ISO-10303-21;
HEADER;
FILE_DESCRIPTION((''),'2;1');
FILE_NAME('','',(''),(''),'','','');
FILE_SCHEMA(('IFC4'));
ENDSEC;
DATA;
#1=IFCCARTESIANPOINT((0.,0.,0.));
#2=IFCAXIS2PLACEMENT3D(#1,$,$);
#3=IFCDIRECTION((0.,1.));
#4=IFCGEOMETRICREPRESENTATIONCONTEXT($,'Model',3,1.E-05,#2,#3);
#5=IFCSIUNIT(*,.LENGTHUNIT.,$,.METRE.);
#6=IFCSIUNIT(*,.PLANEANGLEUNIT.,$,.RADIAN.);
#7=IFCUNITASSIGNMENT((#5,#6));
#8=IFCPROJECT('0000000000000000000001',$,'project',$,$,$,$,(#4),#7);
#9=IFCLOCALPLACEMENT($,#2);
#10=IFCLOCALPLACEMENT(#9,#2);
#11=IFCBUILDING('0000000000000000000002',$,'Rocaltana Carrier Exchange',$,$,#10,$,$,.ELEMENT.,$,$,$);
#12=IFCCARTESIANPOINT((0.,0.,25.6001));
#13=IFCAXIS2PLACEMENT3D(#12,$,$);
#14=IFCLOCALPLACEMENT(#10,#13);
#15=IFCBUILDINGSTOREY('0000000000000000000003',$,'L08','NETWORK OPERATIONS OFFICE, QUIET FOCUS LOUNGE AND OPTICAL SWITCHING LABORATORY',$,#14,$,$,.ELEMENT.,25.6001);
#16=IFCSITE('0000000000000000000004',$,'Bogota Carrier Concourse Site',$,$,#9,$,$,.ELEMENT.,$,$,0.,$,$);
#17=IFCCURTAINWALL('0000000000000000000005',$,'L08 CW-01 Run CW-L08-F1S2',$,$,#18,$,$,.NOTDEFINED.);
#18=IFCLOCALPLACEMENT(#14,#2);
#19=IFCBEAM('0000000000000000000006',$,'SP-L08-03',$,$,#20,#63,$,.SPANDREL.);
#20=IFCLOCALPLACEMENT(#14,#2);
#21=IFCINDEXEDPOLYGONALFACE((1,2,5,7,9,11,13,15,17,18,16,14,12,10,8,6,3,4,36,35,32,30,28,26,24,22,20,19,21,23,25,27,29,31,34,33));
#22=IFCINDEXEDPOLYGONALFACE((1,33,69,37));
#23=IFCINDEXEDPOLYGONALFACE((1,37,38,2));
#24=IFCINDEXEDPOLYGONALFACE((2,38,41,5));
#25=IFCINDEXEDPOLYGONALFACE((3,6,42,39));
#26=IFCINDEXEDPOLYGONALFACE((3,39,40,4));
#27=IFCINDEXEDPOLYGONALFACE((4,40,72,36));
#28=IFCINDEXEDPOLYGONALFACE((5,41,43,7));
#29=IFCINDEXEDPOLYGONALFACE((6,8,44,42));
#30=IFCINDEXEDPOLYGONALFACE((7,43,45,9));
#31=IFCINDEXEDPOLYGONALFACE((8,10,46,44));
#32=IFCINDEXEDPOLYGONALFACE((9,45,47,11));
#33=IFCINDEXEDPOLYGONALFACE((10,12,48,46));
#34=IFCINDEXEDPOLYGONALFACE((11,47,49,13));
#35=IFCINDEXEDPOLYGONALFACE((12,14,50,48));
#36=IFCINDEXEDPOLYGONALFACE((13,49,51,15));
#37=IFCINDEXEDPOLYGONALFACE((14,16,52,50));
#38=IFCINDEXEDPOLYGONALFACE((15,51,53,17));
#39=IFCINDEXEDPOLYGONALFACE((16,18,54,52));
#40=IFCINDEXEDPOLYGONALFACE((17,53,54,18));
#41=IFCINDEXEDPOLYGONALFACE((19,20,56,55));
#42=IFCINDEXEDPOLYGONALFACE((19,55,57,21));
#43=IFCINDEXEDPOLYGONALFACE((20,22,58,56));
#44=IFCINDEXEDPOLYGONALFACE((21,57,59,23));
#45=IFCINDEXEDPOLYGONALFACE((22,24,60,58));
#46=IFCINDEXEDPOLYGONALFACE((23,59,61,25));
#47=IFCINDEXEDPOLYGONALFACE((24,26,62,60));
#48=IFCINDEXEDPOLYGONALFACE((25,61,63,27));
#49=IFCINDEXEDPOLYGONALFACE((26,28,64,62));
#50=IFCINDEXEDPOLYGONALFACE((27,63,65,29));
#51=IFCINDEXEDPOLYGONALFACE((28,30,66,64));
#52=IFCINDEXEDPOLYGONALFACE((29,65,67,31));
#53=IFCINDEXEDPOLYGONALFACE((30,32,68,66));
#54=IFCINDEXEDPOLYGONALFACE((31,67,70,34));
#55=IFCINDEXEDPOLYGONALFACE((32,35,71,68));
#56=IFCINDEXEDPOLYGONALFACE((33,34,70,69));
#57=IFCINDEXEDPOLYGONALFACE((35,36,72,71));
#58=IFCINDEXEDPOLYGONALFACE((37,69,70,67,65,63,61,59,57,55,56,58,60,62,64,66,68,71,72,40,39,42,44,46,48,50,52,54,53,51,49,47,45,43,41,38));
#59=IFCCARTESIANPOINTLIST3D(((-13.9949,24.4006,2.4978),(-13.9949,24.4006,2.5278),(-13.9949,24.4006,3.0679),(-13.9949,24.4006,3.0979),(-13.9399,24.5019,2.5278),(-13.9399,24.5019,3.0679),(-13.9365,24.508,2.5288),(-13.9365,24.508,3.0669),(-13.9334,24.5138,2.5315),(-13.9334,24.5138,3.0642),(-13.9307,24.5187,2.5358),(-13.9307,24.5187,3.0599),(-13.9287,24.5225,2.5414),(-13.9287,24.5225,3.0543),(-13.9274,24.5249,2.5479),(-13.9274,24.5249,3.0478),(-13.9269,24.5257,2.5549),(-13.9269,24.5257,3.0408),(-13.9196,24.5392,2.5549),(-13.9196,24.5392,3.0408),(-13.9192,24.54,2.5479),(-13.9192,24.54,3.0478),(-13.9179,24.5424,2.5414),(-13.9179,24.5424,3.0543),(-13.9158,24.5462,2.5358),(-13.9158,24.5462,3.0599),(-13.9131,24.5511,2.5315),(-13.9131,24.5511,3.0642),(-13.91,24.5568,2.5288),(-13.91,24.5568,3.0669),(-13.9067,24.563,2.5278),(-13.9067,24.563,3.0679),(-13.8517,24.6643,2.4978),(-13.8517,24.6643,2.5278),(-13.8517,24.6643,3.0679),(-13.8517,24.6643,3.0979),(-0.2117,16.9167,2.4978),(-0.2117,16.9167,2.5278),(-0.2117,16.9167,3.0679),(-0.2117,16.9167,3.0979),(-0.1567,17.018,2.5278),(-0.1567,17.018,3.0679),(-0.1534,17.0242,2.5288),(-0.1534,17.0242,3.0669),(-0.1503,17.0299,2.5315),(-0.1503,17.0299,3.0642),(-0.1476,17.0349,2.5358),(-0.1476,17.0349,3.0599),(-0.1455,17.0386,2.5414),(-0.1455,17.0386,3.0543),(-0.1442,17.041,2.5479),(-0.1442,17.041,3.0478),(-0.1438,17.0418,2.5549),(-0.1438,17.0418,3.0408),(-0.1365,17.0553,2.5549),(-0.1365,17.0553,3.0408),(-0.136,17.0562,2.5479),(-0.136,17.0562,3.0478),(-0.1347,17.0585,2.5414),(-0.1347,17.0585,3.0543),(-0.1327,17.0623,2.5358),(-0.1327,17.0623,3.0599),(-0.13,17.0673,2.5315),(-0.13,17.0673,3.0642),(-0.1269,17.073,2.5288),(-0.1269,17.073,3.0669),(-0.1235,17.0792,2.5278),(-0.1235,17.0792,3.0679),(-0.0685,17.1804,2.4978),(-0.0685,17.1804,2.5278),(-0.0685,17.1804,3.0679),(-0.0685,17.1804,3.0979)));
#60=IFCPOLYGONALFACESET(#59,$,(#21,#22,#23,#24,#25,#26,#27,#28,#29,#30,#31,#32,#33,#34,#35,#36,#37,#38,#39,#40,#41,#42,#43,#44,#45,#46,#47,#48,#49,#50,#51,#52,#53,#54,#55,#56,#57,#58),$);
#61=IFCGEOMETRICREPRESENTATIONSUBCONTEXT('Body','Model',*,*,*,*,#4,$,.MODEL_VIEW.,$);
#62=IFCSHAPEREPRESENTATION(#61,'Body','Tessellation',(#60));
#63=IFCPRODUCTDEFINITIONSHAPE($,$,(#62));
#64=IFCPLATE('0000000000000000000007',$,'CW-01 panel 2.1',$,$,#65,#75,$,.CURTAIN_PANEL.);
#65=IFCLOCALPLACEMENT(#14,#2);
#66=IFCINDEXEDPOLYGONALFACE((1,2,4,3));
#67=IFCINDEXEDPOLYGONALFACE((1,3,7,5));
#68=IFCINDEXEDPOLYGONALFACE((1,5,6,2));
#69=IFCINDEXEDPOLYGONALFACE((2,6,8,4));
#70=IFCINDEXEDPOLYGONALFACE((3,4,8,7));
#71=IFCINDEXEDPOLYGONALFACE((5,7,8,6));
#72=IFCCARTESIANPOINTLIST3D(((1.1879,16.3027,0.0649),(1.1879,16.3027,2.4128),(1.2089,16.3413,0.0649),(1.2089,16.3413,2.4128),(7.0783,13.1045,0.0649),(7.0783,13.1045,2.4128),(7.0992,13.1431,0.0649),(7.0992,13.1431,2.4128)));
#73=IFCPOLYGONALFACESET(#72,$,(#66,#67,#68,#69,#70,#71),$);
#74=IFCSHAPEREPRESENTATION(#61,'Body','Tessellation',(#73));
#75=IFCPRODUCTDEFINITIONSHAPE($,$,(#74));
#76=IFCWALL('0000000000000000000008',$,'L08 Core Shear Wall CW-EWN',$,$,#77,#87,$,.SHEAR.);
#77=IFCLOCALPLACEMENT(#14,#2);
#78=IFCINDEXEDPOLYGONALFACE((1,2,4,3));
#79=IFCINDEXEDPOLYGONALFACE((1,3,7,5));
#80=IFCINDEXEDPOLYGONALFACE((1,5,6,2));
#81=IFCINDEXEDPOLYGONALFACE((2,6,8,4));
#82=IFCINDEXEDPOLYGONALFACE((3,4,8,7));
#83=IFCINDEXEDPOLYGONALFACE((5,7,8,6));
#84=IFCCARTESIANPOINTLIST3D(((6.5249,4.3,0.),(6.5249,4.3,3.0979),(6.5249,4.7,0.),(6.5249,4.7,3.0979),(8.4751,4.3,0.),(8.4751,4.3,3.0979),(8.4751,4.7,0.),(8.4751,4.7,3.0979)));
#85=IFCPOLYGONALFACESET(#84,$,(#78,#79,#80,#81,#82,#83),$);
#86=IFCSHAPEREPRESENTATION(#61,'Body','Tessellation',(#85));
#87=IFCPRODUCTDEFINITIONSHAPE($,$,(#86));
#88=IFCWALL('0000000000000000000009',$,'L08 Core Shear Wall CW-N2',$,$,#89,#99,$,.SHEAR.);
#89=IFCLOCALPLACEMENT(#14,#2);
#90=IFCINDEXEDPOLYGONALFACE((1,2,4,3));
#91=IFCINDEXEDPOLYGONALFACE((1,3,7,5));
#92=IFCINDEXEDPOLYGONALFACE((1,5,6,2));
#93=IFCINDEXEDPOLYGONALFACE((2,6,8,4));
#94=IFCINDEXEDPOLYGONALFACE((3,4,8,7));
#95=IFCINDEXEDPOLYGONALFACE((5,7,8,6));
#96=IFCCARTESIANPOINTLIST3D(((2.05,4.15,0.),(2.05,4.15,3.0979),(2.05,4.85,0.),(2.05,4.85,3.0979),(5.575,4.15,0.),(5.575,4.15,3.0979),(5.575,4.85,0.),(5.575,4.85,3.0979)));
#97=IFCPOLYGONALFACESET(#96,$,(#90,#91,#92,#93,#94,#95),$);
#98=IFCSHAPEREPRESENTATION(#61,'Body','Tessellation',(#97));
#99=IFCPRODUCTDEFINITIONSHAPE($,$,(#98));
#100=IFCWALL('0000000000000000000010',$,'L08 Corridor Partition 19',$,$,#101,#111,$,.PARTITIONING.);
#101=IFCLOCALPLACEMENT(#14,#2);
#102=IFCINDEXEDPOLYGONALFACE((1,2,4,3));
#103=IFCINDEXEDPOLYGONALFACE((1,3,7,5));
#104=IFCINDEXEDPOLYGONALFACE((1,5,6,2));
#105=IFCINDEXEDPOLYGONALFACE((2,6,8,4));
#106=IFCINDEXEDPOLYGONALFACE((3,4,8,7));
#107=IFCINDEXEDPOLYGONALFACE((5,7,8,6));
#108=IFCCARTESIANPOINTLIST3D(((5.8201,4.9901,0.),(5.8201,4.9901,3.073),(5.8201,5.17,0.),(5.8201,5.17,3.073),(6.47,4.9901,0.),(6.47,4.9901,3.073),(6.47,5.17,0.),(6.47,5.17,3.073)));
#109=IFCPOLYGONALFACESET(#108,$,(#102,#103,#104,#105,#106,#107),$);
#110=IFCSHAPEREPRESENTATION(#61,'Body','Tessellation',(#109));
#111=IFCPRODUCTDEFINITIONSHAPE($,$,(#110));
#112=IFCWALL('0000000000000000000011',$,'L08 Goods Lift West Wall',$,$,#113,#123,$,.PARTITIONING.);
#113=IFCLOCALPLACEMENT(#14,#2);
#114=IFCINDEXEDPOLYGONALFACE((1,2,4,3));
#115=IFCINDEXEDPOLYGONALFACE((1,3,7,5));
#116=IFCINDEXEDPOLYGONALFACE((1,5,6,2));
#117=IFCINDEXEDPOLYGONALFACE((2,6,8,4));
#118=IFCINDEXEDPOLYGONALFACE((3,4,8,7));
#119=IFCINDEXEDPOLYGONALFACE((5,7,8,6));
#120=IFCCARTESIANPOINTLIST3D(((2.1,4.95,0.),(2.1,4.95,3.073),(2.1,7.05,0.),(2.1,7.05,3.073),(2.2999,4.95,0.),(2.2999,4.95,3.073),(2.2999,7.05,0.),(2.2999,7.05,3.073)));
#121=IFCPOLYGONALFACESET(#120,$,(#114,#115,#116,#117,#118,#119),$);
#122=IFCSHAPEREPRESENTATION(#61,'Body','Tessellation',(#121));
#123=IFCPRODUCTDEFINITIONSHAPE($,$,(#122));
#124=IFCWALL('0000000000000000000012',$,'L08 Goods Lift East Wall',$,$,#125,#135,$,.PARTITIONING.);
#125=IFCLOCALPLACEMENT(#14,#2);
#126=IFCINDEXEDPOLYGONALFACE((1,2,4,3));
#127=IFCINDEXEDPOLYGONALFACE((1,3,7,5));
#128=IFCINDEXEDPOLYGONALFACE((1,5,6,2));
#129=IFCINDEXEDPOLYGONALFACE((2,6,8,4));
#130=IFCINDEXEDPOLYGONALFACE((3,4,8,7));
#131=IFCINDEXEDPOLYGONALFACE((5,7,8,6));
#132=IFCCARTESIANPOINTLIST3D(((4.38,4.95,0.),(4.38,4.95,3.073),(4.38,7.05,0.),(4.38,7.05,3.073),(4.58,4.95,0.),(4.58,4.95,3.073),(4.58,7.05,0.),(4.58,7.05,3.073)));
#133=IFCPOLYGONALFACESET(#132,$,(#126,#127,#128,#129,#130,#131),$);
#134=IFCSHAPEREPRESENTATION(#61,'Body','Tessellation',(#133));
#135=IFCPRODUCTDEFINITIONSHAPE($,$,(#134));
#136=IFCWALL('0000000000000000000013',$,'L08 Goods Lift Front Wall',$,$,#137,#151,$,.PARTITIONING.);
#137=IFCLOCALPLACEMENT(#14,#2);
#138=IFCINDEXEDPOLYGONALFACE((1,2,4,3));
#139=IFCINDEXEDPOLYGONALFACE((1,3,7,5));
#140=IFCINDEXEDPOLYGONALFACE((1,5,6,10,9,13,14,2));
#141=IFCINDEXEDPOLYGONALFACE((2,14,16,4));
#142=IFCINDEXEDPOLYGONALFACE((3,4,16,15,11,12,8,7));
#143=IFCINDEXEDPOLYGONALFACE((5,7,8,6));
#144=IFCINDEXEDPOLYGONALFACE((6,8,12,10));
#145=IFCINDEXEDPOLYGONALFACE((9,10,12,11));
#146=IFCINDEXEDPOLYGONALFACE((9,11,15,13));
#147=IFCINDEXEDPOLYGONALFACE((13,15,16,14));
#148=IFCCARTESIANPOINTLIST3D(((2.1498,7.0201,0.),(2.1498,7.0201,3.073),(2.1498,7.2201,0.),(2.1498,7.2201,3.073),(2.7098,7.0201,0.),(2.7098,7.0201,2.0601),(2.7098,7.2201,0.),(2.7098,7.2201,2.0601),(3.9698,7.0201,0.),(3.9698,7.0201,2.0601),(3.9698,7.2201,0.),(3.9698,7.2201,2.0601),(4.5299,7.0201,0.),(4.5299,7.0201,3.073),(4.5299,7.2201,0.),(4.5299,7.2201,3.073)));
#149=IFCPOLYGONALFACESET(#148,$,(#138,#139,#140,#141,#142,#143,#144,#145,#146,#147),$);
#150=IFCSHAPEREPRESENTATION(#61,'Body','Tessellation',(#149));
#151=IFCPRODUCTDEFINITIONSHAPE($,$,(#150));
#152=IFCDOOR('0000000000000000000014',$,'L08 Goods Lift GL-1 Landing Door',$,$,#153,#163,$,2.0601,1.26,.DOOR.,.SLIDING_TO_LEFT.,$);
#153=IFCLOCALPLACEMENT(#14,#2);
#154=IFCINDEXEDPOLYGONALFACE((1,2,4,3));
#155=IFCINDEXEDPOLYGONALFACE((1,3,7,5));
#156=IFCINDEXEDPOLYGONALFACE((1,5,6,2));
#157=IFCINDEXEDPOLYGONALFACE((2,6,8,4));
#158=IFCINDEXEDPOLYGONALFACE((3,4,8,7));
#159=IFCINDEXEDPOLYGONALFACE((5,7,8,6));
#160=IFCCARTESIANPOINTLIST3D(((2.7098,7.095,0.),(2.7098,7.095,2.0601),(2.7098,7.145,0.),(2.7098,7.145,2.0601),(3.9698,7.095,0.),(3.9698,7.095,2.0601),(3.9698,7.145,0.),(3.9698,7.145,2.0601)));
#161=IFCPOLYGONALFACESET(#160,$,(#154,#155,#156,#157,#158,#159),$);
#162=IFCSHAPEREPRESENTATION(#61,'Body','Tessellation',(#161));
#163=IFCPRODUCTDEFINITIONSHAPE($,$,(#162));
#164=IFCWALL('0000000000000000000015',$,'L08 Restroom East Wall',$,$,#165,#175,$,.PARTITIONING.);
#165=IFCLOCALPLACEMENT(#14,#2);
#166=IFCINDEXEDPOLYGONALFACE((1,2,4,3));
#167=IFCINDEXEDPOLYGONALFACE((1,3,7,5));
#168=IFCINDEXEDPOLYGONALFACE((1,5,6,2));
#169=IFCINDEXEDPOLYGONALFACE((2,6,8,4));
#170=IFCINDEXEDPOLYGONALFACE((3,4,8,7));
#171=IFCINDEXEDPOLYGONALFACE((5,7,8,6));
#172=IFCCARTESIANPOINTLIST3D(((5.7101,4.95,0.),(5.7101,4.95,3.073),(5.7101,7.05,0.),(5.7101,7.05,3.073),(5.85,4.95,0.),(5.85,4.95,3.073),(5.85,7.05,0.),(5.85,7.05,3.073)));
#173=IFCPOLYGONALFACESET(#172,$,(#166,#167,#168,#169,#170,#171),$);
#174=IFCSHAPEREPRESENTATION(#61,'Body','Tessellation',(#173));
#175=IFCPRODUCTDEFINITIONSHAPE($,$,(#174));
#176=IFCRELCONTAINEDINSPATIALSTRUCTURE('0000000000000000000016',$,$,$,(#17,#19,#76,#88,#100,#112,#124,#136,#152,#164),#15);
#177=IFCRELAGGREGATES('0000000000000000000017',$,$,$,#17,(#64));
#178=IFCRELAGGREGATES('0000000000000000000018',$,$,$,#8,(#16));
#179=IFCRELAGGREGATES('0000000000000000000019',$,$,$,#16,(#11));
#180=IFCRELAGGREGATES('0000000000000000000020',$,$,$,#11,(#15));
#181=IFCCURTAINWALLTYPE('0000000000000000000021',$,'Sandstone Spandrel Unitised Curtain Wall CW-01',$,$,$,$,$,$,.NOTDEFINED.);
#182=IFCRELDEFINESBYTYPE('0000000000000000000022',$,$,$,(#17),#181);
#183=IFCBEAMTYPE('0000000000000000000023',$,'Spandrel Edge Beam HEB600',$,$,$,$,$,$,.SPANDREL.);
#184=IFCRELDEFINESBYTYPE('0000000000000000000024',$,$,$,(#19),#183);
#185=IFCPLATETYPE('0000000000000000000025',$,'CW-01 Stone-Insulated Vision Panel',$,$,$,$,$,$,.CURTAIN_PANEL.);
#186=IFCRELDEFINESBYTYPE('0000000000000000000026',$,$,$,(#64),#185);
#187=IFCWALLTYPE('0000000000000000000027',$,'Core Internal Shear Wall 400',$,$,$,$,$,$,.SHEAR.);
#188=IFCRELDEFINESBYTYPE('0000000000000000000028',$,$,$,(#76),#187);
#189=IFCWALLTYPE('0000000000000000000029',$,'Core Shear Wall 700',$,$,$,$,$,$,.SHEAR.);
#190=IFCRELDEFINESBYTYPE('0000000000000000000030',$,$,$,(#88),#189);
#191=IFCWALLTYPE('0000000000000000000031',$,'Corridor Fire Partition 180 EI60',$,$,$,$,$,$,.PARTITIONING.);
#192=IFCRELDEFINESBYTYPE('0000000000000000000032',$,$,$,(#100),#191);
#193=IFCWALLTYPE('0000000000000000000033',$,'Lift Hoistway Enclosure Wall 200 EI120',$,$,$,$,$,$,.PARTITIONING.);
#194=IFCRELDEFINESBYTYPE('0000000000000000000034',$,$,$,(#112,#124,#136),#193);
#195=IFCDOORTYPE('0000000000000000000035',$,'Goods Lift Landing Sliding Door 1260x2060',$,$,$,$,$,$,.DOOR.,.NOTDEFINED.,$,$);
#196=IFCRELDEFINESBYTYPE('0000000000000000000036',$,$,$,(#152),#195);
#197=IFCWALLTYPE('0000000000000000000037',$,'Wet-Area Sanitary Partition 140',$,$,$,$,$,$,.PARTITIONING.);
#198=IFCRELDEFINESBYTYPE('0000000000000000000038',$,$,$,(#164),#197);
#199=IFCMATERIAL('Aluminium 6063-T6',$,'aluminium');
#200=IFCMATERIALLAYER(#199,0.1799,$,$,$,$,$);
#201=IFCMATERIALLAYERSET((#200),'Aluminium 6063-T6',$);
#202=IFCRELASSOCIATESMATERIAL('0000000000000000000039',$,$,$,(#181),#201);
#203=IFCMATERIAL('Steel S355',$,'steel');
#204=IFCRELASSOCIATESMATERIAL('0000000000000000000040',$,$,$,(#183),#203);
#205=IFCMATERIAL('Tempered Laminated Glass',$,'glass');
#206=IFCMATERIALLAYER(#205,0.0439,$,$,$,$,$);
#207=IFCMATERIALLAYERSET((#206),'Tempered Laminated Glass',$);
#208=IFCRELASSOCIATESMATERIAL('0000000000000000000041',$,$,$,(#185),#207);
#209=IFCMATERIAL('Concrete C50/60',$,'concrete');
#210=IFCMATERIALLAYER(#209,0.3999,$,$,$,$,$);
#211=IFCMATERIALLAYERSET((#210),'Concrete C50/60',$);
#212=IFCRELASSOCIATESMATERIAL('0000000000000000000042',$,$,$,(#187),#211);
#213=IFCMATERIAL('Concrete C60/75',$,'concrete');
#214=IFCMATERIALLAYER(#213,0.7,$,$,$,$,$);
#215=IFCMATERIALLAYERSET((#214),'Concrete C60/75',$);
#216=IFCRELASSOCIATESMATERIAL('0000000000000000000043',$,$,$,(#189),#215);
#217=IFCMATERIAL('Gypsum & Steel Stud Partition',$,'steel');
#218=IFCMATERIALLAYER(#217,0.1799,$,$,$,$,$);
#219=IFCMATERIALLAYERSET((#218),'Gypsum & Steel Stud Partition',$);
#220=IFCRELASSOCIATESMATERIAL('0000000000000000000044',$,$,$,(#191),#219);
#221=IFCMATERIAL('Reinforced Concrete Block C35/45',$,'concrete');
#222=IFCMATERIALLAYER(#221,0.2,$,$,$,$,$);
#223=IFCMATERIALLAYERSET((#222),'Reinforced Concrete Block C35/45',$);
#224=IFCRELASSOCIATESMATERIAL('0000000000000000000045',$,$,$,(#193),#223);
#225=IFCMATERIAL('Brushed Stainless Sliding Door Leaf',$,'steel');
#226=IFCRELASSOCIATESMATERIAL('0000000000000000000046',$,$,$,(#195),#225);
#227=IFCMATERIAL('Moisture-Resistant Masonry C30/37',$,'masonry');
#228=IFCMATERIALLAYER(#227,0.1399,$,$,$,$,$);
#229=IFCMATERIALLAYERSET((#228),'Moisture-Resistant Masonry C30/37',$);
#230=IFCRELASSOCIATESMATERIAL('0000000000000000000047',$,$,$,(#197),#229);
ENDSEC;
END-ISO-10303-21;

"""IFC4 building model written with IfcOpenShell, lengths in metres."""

from ifc_helpers import new_model, si_unit, direction, frame, frame_2d, origin, origin_2d, place, context, subcontext, project, spatial, rectangle, i_section, extrude, material, layer, layer_set, material_profile, profile_set, type_object, element, fill, aggregate, save


model = new_model("IFC4")

# Units and contexts
model_context = context("Model", 3, precision=1e-05, world=origin(), true_north=direction((0.0, 1.0)))
body_context = subcontext(model_context, "Body", "Model", "MODEL_VIEW")
ifc_project = project(units=[si_unit("LENGTHUNIT", "METRE"), si_unit("PLANEANGLEUNIT", "RADIAN")], contexts=[model_context])

# Site, building, storey
site_placement = place(None, origin())
site = spatial("IfcSite", under=ifc_project, at=site_placement, Name="Bogota Carrier Concourse Site", CompositionType="ELEMENT", RefElevation=0.0)
building_placement = place(site_placement, origin())
building = spatial("IfcBuilding", under=site, at=building_placement, Name="Rocaltana Carrier Exchange", CompositionType="ELEMENT")
storey_placement = place(building_placement, frame((0.0, 0.0, 25.6001)))
storey = spatial("IfcBuildingStorey", under=building, at=storey_placement, Name="L08", Description="NETWORK OPERATIONS OFFICE, QUIET FOCUS LOUNGE AND OPTICAL SWITCHING LABORATORY", CompositionType="ELEMENT", Elevation=25.6001)

# Curtain wall
ifc_material_1 = material(Name="Aluminium 6063-T6", Category="aluminium")
ifc_layer_1 = layer(ifc_material_1, 0.1799)
ifc_layer_set_1 = layer_set([ifc_layer_1], Name="Aluminium 6063-T6")
curtain_wall_type = type_object("IfcCurtainWallType", Name="Sandstone Spandrel Unitised Curtain Wall CW-01", PredefinedType="NOTDEFINED", material=ifc_layer_set_1)
curtain_wall_placement = place(storey_placement, origin())
curtain_wall = element("IfcCurtainWall", 1, at=curtain_wall_placement, inside=storey, type_object=curtain_wall_type, Name="L08 CW-01 Run CW-L08-F1S2", PredefinedType="NOTDEFINED")

# Beam
ifc_material_2 = material(Name="Steel S355", Category="steel")
ifc_material_profile_1 = material_profile(ifc_material_2, i_section(OverallWidth=0.3, OverallDepth=0.6001, WebThickness=0.0154, FlangeThickness=0.03, FilletRadius=0.0271, at=origin_2d()), Name="HEB600")
ifc_profile_set_1 = profile_set([ifc_material_profile_1], Name="Steel S355")
beam_type_1 = type_object("IfcBeamType", Name="Spandrel Edge Beam HEB600", PredefinedType="SPANDREL", material=ifc_profile_set_1)
beam_1_placement = place(storey_placement, frame((-0.1401, 17.0486, 2.7979), z_axis=(-0.878811, 0.477169, 0.0), x_axis=(-0.477169, -0.878811, 0.0)))
element("IfcBeam", 2, at=beam_1_placement, inside=storey, type_object=beam_type_1, Name="SP-L08-03", PredefinedType="SPANDREL", context=body_context, shape_type="SweptSolid", body=[
    extrude(i_section(OverallWidth=0.3, OverallDepth=0.6001, WebThickness=0.0154, FlangeThickness=0.03, FilletRadius=0.0271, at=origin_2d()), origin(), (0.0, 0.0, 1.0), 15.6838),
])

# Plate
ifc_material_3 = material(Name="Tempered Laminated Glass", Category="glass")
ifc_layer_2 = layer(ifc_material_3, 0.0439)
ifc_layer_set_2 = layer_set([ifc_layer_2], Name="Tempered Laminated Glass")
plate_type = type_object("IfcPlateType", Name="CW-01 Stone-Insulated Vision Panel", PredefinedType="CURTAIN_PANEL", material=ifc_layer_set_2)
plate_placement = place(storey_placement, frame((4.1436, 14.7229, 0.0649), z_axis=(0.0, 0.0, 1.0), x_axis=(-0.878814, 0.477164, 0.0)))
plate = element("IfcPlate", 3, at=plate_placement, type_object=plate_type, Name="CW-01 panel 2.1", PredefinedType="CURTAIN_PANEL", context=body_context, shape_type="SweptSolid", body=[
    extrude(rectangle(XDim=6.7026, YDim=0.0439, at=origin_2d()), origin(), (0.0, 0.0, 1.0), 2.3479),
])
aggregate(curtain_wall, [plate])

# Walls
ifc_material_4 = material(Name="Concrete C50/60", Category="concrete")
ifc_layer_3 = layer(ifc_material_4, 0.3999)
ifc_layer_set_3 = layer_set([ifc_layer_3], Name="Concrete C50/60")
wall_type_1 = type_object("IfcWallType", Name="Core Internal Shear Wall 400", PredefinedType="SHEAR", material=ifc_layer_set_3)
wall_1_placement = place(storey_placement, frame((6.5249, 4.5, 0.0), z_axis=(0.0, 0.0, 1.0), x_axis=(1.0, 0.0, 0.0)))
element("IfcWall", 4, at=wall_1_placement, inside=storey, type_object=wall_type_1, Name="L08 Core Shear Wall CW-EWN", PredefinedType="SHEAR", context=body_context, shape_type="SweptSolid", body=[
    extrude(rectangle(XDim=1.9502, YDim=0.3999, at=frame_2d((0.9751, 0.0))), origin(), (0.0, 0.0, 1.0), 3.0979),
])
ifc_material_5 = material(Name="Concrete C60/75", Category="concrete")
ifc_layer_4 = layer(ifc_material_5, 0.7)
ifc_layer_set_4 = layer_set([ifc_layer_4], Name="Concrete C60/75")
wall_type_2 = type_object("IfcWallType", Name="Core Shear Wall 700", PredefinedType="SHEAR", material=ifc_layer_set_4)
wall_2_placement = place(storey_placement, frame((2.05, 4.5, 0.0), z_axis=(0.0, 0.0, 1.0), x_axis=(1.0, 0.0, 0.0)))
element("IfcWall", 5, at=wall_2_placement, inside=storey, type_object=wall_type_2, Name="L08 Core Shear Wall CW-N2", PredefinedType="SHEAR", context=body_context, shape_type="SweptSolid", body=[
    extrude(rectangle(XDim=3.5249, YDim=0.7, at=frame_2d((1.7625, 0.0))), origin(), (0.0, 0.0, 1.0), 3.0979),
])
ifc_material_6 = material(Name="Gypsum & Steel Stud Partition", Category="steel")
ifc_layer_5 = layer(ifc_material_6, 0.1799)
ifc_layer_set_5 = layer_set([ifc_layer_5], Name="Gypsum & Steel Stud Partition")
wall_type_3 = type_object("IfcWallType", Name="Corridor Fire Partition 180 EI60", PredefinedType="PARTITIONING", material=ifc_layer_set_5)
wall_3_placement = place(storey_placement, frame((6.47, 5.0801, 0.0), z_axis=(0.0, 0.0, 1.0), x_axis=(-1.0, 0.0, 0.0)))
element("IfcWall", 6, at=wall_3_placement, inside=storey, type_object=wall_type_3, Name="L08 Corridor Partition 19", PredefinedType="PARTITIONING", context=body_context, shape_type="SweptSolid", body=[
    extrude(rectangle(XDim=0.6499, YDim=0.1799, at=frame_2d((0.325, 0.0))), origin(), (0.0, 0.0, 1.0), 3.073),
])
ifc_material_7 = material(Name="Reinforced Concrete Block C35/45", Category="concrete")
ifc_layer_6 = layer(ifc_material_7, 0.2)
ifc_layer_set_6 = layer_set([ifc_layer_6], Name="Reinforced Concrete Block C35/45")
wall_type_4 = type_object("IfcWallType", Name="Lift Hoistway Enclosure Wall 200 EI120", PredefinedType="PARTITIONING", material=ifc_layer_set_6)
for number, where, z_axis, x_axis, name in (
    (7, (2.2, 4.95, 0.0), (0.0, 0.0, 1.0), (0.0, 1.0, 0.0), "L08 Goods Lift West Wall"),
    (8, (4.48, 4.95, 0.0), (0.0, 0.0, 1.0), (0.0, 1.0, 0.0), "L08 Goods Lift East Wall"),
):
    element("IfcWall", number, at=place(storey_placement, frame(where, z_axis=z_axis, x_axis=x_axis)), inside=storey, type_object=wall_type_4, Name=name, PredefinedType="PARTITIONING", context=body_context, shape_type="SweptSolid", body=[
        extrude(rectangle(XDim=2.1001, YDim=0.2, at=frame_2d((1.05, 0.0))), origin(), (0.0, 0.0, 1.0), 3.073),
    ])

# Wall, opening, door
wall_4_placement = place(storey_placement, frame((2.1499, 7.1201, 0.0), z_axis=(0.0, 0.0, 1.0), x_axis=(1.0, 0.0, 0.0)))
wall_4 = element("IfcWall", 9, at=wall_4_placement, inside=storey, type_object=wall_type_4, Name="L08 Goods Lift Front Wall", PredefinedType="PARTITIONING", context=body_context, shape_type="SweptSolid", body=[
    extrude(rectangle(XDim=2.3801, YDim=0.2, at=frame_2d((1.1899, 0.0))), origin(), (0.0, 0.0, 1.0), 3.073),
])
opening_1_placement = place(wall_4_placement, frame((0.5601, 0.0, 0.0)))
opening_1 = element("IfcOpeningElement", 10, at=opening_1_placement, cuts=wall_4, PredefinedType="OPENING", context=body_context, shape_type="SweptSolid", body=[
    extrude(rectangle(XDim=1.26, YDim=2.0601, at=frame_2d((0.6299, 1.03))), frame((0.0, 0.1099, 0.0), z_axis=(0.0, -1.0, 0.0), x_axis=(1.0, 0.0, 0.0)), (0.0, 0.0, 1.0), 0.22),
])
ifc_material_8 = material(Name="Brushed Stainless Sliding Door Leaf", Category="steel")
door_type_1 = type_object("IfcDoorType", Name="Goods Lift Landing Sliding Door 1260x2060", OperationType="NOTDEFINED", PredefinedType="DOOR", material=ifc_material_8)
door_1_placement = place(opening_1_placement, origin())
door_1 = element("IfcDoor", 11, at=door_1_placement, inside=storey, type_object=door_type_1, Name="L08 Goods Lift GL-1 Landing Door", OperationType="SLIDING_TO_LEFT", OverallHeight=2.0601, OverallWidth=1.26, PredefinedType="DOOR", context=body_context, shape_type="SweptSolid", body=[
    extrude(rectangle(XDim=1.26, YDim=2.0601, at=frame_2d((0.6299, 1.03))), frame((0.0, 0.0249, 0.0), z_axis=(0.0, -1.0, 0.0), x_axis=(1.0, 0.0, 0.0)), (0.0, 0.0, 1.0), 0.05),
])
fill(opening_1, door_1)

# Wall
ifc_material_9 = material(Name="Moisture-Resistant Masonry C30/37", Category="masonry")
ifc_layer_7 = layer(ifc_material_9, 0.1399)
ifc_layer_set_7 = layer_set([ifc_layer_7], Name="Moisture-Resistant Masonry C30/37")
wall_type_5 = type_object("IfcWallType", Name="Wet-Area Sanitary Partition 140", PredefinedType="PARTITIONING", material=ifc_layer_set_7)
wall_5_placement = place(storey_placement, frame((5.78, 4.95, 0.0), z_axis=(0.0, 0.0, 1.0), x_axis=(0.0, 1.0, 0.0)))
element("IfcWall", 12, at=wall_5_placement, inside=storey, type_object=wall_type_5, Name="L08 Restroom East Wall", PredefinedType="PARTITIONING", context=body_context, shape_type="SweptSolid", body=[
    extrude(rectangle(XDim=2.1001, YDim=0.1399, at=frame_2d((1.05, 0.0))), origin(), (0.0, 0.0, 1.0), 3.073),
])

save(model, "model.ifc")
